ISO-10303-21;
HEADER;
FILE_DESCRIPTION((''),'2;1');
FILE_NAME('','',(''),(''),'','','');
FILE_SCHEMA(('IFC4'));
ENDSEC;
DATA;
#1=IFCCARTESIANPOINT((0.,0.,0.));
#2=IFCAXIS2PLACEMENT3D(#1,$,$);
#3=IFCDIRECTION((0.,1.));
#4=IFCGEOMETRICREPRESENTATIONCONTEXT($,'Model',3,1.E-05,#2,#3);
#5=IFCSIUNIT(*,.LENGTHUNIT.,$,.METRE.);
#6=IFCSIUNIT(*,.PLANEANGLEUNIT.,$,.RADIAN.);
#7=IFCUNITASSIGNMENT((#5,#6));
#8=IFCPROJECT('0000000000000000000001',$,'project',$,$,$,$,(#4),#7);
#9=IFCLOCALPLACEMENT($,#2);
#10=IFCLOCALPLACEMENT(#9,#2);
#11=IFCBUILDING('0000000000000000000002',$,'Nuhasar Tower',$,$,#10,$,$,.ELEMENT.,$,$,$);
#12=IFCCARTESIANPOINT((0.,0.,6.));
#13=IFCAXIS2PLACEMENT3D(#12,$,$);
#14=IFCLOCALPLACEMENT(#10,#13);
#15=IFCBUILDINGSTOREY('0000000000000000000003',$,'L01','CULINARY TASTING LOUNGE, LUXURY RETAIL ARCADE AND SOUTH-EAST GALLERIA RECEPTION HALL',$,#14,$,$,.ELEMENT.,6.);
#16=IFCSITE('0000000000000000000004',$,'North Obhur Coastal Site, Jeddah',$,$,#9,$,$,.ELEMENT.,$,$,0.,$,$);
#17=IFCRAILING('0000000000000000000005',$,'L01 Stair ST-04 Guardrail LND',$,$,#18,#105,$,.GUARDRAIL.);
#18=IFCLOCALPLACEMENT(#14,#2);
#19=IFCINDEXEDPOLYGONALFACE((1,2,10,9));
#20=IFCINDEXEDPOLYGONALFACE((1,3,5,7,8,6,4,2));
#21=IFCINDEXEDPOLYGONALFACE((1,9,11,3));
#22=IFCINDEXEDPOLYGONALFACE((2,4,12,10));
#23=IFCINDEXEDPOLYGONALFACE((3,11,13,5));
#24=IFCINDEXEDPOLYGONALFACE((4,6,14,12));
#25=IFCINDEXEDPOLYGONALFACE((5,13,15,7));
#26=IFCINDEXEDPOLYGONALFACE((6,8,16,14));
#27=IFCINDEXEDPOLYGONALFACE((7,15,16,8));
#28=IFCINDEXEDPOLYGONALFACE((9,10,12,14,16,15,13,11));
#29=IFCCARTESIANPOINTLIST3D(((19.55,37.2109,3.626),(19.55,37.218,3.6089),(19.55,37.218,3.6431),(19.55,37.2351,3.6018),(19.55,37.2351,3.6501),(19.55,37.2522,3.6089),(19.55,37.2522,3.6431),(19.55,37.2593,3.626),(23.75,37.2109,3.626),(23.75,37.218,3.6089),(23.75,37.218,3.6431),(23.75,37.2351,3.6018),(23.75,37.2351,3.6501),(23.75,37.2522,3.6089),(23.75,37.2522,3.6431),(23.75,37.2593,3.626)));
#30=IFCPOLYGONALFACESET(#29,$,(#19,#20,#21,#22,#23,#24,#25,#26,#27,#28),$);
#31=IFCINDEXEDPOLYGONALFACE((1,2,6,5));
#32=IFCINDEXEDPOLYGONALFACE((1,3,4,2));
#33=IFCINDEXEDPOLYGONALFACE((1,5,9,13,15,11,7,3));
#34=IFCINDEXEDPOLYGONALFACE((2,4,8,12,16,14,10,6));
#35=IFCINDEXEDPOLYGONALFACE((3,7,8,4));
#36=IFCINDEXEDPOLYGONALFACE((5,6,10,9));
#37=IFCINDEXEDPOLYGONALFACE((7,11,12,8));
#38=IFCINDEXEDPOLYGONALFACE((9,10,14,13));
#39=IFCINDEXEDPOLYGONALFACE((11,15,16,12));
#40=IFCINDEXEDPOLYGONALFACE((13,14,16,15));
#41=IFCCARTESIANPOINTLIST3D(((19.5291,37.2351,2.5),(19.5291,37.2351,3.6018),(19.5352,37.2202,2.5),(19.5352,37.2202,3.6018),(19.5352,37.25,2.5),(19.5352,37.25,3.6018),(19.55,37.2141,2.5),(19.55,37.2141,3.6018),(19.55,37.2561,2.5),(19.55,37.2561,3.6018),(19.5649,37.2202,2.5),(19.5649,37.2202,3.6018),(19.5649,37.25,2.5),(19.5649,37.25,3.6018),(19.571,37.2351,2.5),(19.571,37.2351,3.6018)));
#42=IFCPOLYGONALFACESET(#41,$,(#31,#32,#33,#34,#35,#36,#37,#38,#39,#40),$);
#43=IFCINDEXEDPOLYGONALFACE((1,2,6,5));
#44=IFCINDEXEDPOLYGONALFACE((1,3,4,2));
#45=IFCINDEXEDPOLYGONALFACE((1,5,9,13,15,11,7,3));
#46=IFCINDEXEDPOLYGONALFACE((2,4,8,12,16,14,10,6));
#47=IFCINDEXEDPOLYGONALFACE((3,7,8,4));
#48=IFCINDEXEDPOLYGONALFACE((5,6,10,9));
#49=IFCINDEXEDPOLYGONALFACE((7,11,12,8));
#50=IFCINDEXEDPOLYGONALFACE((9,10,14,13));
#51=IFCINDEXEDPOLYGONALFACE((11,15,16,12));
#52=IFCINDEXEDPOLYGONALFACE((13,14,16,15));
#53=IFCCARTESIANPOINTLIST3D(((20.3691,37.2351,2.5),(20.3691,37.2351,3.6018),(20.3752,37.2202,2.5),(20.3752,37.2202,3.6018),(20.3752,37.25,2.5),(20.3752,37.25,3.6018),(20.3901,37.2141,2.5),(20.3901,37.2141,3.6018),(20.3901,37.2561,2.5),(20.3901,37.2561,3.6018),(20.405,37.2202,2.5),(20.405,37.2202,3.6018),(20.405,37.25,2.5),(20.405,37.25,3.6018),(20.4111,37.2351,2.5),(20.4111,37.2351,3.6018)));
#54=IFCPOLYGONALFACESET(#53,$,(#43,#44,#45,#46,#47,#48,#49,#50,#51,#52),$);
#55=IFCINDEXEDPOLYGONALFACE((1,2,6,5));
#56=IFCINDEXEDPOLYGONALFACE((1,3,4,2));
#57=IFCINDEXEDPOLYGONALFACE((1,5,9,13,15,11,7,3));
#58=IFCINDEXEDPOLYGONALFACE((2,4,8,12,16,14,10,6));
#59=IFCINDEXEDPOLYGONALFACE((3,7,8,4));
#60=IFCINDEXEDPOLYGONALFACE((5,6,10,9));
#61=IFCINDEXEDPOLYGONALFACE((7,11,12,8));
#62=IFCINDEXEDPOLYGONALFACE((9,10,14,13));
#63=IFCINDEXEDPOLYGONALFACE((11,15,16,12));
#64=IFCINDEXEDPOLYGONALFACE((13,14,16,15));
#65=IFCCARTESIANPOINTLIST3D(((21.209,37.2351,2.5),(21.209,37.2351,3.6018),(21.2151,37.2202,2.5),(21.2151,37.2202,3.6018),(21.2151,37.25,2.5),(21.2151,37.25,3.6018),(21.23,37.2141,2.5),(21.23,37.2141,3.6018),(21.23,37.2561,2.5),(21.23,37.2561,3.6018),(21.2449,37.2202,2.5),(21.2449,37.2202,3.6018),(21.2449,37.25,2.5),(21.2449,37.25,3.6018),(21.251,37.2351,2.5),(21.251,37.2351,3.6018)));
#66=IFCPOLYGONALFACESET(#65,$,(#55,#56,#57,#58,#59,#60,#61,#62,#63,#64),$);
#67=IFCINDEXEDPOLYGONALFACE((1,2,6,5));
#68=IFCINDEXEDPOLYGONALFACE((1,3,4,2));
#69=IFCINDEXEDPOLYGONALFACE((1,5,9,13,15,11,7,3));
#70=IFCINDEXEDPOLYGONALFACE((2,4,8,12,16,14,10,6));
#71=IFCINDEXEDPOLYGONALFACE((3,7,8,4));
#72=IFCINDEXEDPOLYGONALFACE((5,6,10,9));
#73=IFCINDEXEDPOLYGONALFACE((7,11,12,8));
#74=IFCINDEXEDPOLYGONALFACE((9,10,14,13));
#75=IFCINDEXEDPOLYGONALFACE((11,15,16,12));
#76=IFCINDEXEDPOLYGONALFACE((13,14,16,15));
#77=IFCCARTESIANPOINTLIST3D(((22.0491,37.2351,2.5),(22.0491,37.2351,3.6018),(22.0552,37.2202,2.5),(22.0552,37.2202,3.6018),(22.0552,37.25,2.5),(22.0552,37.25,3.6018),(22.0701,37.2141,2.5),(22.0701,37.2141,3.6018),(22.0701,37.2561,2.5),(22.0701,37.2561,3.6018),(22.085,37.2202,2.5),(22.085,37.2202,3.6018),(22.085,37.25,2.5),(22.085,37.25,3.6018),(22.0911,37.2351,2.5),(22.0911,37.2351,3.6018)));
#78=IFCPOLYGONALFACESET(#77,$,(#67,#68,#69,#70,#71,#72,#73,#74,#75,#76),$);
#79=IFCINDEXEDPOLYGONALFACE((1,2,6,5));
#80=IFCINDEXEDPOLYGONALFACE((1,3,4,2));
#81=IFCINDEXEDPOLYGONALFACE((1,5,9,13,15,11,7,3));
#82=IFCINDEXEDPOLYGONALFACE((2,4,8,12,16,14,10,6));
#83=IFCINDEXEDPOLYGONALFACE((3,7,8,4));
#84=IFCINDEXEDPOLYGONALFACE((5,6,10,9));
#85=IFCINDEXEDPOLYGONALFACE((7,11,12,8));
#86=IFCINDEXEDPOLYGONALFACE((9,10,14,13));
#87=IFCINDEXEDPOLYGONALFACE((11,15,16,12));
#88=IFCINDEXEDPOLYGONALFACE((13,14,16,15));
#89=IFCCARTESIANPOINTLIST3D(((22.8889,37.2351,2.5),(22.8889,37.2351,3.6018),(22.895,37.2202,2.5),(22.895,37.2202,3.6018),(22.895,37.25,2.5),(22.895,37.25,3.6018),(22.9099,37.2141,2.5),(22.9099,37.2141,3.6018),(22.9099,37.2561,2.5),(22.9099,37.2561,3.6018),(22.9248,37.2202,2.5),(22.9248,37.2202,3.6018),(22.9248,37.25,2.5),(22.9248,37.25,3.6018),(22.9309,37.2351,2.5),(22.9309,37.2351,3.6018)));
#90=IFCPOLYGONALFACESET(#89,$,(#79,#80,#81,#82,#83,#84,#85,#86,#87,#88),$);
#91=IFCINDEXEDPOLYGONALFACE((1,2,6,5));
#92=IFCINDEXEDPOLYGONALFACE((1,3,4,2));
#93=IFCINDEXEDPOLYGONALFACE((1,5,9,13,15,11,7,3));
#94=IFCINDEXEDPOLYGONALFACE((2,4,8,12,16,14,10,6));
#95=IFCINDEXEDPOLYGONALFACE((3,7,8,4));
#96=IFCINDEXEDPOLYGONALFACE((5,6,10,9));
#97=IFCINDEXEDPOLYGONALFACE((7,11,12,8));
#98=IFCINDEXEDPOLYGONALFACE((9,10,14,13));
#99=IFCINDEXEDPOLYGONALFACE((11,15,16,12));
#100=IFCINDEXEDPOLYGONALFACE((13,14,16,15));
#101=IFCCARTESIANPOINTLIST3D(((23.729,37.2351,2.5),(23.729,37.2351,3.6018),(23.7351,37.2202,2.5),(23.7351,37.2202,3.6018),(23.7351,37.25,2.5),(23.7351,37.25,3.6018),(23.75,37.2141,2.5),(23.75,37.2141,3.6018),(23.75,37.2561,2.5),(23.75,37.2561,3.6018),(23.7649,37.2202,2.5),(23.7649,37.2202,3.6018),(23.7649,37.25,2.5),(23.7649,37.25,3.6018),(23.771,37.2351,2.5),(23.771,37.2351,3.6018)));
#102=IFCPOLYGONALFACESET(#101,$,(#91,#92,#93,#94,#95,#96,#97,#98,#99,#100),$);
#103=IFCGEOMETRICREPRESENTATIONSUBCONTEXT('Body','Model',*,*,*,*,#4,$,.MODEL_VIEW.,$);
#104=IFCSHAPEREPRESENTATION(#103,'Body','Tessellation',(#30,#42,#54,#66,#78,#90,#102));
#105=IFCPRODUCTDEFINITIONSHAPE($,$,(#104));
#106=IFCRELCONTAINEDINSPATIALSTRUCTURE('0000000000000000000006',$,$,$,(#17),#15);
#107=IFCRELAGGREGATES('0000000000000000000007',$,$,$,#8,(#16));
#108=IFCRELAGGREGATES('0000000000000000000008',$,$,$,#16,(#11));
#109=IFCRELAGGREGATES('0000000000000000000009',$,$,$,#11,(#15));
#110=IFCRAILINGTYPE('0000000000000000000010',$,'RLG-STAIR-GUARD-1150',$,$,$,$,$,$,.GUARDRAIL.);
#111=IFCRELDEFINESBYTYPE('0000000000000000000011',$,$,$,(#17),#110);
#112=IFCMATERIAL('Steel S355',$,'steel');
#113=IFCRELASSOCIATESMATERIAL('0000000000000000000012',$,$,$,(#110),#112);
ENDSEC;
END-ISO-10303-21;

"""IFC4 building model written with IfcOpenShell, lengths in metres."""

from ifc_helpers import new_model, si_unit, direction, frame, origin, place, context, subcontext, project, spatial, polyline, outline, extrude, material, type_object, element, save


model = new_model("IFC4")

# Units and contexts
model_context = context("Model", 3, precision=1e-05, world=origin(), true_north=direction((0.0, 1.0)))
body_context = subcontext(model_context, "Body", "Model", "MODEL_VIEW")
ifc_project = project(units=[si_unit("LENGTHUNIT", "METRE"), si_unit("PLANEANGLEUNIT", "RADIAN")], contexts=[model_context])

# Site, building, storey
site_placement = place(None, origin())
site = spatial("IfcSite", under=ifc_project, at=site_placement, Name="North Obhur Coastal Site, Jeddah", CompositionType="ELEMENT", RefElevation=0.0)
building_placement = place(site_placement, origin())
building = spatial("IfcBuilding", under=site, at=building_placement, Name="Nuhasar Tower", CompositionType="ELEMENT")
storey_placement = place(building_placement, frame((0.0, 0.0, 6.0)))
storey = spatial("IfcBuildingStorey", under=building, at=storey_placement, Name="L01", Description="CULINARY TASTING LOUNGE, LUXURY RETAIL ARCADE AND SOUTH-EAST GALLERIA RECEPTION HALL", CompositionType="ELEMENT", Elevation=6.0)

# Shared definitions
ifc_material_1 = material(Name="Steel S355", Category="steel")

# Railing
railing_type_1 = type_object("IfcRailingType", Name="RLG-STAIR-GUARD-1150", PredefinedType="GUARDRAIL", material=ifc_material_1)
railing_1_placement = place(storey_placement, frame((19.55, 37.2351, 2.5)))
element("IfcRailing", 1, at=railing_1_placement, inside=storey, type_object=railing_type_1, Name="L01 Stair ST-04 Guardrail LND", PredefinedType="GUARDRAIL", context=body_context, shape_type="SweptSolid", body=[
    extrude(outline(polyline([(0.0242, 0.0), (0.0171, 0.0171), (0.0, 0.0242), (-0.0171, 0.0171), (-0.0242, 0.0), (-0.0171, -0.0171), (0.0, -0.0242), (0.0171, -0.0171), (0.0242, 0.0)])), frame((0.0, 0.0, 1.126), z_axis=(1.0, 0.0, 0.0), x_axis=(0.0, 1.0, 0.0)), (0.0, 0.0, 1.0), 4.2),
    extrude(outline(polyline([(0.021, 0.0), (0.0149, 0.0149), (0.0, 0.021), (-0.0149, 0.0149), (-0.021, 0.0), (-0.0149, -0.0149), (0.0, -0.021), (0.0149, -0.0149), (0.021, 0.0)])), origin(), (0.0, 0.0, 1.0), 1.1018),
    extrude(outline(polyline([(0.021, 0.0), (0.0149, 0.0149), (0.0, 0.021), (-0.0149, 0.0149), (-0.021, 0.0), (-0.0149, -0.0149), (0.0, -0.021), (0.0149, -0.0149), (0.021, 0.0)])), frame((0.8401, 0.0, 0.0)), (0.0, 0.0, 1.0), 1.1018),
    extrude(outline(polyline([(0.021, 0.0), (0.0149, 0.0149), (0.0, 0.021), (-0.0149, 0.0149), (-0.021, 0.0), (-0.0149, -0.0149), (0.0, -0.021), (0.0149, -0.0149), (0.021, 0.0)])), frame((1.6799, 0.0, 0.0)), (0.0, 0.0, 1.0), 1.1018),
    extrude(outline(polyline([(0.021, 0.0), (0.0149, 0.0149), (0.0, 0.021), (-0.0149, 0.0149), (-0.021, 0.0), (-0.0149, -0.0149), (0.0, -0.021), (0.0149, -0.0149), (0.021, 0.0)])), frame((2.52, 0.0, 0.0)), (0.0, 0.0, 1.0), 1.1018),
    extrude(outline(polyline([(0.021, 0.0), (0.0149, 0.0149), (0.0, 0.021), (-0.0149, 0.0149), (-0.021, 0.0), (-0.0149, -0.0149), (0.0, -0.021), (0.0149, -0.0149), (0.021, 0.0)])), frame((3.3599, 0.0, 0.0)), (0.0, 0.0, 1.0), 1.1018),
    extrude(outline(polyline([(0.021, 0.0), (0.0149, 0.0149), (0.0, 0.021), (-0.0149, 0.0149), (-0.021, 0.0), (-0.0149, -0.0149), (0.0, -0.021), (0.0149, -0.0149), (0.021, 0.0)])), frame((4.2, 0.0, 0.0)), (0.0, 0.0, 1.0), 1.1018),
])

save(model, "model.ifc")
